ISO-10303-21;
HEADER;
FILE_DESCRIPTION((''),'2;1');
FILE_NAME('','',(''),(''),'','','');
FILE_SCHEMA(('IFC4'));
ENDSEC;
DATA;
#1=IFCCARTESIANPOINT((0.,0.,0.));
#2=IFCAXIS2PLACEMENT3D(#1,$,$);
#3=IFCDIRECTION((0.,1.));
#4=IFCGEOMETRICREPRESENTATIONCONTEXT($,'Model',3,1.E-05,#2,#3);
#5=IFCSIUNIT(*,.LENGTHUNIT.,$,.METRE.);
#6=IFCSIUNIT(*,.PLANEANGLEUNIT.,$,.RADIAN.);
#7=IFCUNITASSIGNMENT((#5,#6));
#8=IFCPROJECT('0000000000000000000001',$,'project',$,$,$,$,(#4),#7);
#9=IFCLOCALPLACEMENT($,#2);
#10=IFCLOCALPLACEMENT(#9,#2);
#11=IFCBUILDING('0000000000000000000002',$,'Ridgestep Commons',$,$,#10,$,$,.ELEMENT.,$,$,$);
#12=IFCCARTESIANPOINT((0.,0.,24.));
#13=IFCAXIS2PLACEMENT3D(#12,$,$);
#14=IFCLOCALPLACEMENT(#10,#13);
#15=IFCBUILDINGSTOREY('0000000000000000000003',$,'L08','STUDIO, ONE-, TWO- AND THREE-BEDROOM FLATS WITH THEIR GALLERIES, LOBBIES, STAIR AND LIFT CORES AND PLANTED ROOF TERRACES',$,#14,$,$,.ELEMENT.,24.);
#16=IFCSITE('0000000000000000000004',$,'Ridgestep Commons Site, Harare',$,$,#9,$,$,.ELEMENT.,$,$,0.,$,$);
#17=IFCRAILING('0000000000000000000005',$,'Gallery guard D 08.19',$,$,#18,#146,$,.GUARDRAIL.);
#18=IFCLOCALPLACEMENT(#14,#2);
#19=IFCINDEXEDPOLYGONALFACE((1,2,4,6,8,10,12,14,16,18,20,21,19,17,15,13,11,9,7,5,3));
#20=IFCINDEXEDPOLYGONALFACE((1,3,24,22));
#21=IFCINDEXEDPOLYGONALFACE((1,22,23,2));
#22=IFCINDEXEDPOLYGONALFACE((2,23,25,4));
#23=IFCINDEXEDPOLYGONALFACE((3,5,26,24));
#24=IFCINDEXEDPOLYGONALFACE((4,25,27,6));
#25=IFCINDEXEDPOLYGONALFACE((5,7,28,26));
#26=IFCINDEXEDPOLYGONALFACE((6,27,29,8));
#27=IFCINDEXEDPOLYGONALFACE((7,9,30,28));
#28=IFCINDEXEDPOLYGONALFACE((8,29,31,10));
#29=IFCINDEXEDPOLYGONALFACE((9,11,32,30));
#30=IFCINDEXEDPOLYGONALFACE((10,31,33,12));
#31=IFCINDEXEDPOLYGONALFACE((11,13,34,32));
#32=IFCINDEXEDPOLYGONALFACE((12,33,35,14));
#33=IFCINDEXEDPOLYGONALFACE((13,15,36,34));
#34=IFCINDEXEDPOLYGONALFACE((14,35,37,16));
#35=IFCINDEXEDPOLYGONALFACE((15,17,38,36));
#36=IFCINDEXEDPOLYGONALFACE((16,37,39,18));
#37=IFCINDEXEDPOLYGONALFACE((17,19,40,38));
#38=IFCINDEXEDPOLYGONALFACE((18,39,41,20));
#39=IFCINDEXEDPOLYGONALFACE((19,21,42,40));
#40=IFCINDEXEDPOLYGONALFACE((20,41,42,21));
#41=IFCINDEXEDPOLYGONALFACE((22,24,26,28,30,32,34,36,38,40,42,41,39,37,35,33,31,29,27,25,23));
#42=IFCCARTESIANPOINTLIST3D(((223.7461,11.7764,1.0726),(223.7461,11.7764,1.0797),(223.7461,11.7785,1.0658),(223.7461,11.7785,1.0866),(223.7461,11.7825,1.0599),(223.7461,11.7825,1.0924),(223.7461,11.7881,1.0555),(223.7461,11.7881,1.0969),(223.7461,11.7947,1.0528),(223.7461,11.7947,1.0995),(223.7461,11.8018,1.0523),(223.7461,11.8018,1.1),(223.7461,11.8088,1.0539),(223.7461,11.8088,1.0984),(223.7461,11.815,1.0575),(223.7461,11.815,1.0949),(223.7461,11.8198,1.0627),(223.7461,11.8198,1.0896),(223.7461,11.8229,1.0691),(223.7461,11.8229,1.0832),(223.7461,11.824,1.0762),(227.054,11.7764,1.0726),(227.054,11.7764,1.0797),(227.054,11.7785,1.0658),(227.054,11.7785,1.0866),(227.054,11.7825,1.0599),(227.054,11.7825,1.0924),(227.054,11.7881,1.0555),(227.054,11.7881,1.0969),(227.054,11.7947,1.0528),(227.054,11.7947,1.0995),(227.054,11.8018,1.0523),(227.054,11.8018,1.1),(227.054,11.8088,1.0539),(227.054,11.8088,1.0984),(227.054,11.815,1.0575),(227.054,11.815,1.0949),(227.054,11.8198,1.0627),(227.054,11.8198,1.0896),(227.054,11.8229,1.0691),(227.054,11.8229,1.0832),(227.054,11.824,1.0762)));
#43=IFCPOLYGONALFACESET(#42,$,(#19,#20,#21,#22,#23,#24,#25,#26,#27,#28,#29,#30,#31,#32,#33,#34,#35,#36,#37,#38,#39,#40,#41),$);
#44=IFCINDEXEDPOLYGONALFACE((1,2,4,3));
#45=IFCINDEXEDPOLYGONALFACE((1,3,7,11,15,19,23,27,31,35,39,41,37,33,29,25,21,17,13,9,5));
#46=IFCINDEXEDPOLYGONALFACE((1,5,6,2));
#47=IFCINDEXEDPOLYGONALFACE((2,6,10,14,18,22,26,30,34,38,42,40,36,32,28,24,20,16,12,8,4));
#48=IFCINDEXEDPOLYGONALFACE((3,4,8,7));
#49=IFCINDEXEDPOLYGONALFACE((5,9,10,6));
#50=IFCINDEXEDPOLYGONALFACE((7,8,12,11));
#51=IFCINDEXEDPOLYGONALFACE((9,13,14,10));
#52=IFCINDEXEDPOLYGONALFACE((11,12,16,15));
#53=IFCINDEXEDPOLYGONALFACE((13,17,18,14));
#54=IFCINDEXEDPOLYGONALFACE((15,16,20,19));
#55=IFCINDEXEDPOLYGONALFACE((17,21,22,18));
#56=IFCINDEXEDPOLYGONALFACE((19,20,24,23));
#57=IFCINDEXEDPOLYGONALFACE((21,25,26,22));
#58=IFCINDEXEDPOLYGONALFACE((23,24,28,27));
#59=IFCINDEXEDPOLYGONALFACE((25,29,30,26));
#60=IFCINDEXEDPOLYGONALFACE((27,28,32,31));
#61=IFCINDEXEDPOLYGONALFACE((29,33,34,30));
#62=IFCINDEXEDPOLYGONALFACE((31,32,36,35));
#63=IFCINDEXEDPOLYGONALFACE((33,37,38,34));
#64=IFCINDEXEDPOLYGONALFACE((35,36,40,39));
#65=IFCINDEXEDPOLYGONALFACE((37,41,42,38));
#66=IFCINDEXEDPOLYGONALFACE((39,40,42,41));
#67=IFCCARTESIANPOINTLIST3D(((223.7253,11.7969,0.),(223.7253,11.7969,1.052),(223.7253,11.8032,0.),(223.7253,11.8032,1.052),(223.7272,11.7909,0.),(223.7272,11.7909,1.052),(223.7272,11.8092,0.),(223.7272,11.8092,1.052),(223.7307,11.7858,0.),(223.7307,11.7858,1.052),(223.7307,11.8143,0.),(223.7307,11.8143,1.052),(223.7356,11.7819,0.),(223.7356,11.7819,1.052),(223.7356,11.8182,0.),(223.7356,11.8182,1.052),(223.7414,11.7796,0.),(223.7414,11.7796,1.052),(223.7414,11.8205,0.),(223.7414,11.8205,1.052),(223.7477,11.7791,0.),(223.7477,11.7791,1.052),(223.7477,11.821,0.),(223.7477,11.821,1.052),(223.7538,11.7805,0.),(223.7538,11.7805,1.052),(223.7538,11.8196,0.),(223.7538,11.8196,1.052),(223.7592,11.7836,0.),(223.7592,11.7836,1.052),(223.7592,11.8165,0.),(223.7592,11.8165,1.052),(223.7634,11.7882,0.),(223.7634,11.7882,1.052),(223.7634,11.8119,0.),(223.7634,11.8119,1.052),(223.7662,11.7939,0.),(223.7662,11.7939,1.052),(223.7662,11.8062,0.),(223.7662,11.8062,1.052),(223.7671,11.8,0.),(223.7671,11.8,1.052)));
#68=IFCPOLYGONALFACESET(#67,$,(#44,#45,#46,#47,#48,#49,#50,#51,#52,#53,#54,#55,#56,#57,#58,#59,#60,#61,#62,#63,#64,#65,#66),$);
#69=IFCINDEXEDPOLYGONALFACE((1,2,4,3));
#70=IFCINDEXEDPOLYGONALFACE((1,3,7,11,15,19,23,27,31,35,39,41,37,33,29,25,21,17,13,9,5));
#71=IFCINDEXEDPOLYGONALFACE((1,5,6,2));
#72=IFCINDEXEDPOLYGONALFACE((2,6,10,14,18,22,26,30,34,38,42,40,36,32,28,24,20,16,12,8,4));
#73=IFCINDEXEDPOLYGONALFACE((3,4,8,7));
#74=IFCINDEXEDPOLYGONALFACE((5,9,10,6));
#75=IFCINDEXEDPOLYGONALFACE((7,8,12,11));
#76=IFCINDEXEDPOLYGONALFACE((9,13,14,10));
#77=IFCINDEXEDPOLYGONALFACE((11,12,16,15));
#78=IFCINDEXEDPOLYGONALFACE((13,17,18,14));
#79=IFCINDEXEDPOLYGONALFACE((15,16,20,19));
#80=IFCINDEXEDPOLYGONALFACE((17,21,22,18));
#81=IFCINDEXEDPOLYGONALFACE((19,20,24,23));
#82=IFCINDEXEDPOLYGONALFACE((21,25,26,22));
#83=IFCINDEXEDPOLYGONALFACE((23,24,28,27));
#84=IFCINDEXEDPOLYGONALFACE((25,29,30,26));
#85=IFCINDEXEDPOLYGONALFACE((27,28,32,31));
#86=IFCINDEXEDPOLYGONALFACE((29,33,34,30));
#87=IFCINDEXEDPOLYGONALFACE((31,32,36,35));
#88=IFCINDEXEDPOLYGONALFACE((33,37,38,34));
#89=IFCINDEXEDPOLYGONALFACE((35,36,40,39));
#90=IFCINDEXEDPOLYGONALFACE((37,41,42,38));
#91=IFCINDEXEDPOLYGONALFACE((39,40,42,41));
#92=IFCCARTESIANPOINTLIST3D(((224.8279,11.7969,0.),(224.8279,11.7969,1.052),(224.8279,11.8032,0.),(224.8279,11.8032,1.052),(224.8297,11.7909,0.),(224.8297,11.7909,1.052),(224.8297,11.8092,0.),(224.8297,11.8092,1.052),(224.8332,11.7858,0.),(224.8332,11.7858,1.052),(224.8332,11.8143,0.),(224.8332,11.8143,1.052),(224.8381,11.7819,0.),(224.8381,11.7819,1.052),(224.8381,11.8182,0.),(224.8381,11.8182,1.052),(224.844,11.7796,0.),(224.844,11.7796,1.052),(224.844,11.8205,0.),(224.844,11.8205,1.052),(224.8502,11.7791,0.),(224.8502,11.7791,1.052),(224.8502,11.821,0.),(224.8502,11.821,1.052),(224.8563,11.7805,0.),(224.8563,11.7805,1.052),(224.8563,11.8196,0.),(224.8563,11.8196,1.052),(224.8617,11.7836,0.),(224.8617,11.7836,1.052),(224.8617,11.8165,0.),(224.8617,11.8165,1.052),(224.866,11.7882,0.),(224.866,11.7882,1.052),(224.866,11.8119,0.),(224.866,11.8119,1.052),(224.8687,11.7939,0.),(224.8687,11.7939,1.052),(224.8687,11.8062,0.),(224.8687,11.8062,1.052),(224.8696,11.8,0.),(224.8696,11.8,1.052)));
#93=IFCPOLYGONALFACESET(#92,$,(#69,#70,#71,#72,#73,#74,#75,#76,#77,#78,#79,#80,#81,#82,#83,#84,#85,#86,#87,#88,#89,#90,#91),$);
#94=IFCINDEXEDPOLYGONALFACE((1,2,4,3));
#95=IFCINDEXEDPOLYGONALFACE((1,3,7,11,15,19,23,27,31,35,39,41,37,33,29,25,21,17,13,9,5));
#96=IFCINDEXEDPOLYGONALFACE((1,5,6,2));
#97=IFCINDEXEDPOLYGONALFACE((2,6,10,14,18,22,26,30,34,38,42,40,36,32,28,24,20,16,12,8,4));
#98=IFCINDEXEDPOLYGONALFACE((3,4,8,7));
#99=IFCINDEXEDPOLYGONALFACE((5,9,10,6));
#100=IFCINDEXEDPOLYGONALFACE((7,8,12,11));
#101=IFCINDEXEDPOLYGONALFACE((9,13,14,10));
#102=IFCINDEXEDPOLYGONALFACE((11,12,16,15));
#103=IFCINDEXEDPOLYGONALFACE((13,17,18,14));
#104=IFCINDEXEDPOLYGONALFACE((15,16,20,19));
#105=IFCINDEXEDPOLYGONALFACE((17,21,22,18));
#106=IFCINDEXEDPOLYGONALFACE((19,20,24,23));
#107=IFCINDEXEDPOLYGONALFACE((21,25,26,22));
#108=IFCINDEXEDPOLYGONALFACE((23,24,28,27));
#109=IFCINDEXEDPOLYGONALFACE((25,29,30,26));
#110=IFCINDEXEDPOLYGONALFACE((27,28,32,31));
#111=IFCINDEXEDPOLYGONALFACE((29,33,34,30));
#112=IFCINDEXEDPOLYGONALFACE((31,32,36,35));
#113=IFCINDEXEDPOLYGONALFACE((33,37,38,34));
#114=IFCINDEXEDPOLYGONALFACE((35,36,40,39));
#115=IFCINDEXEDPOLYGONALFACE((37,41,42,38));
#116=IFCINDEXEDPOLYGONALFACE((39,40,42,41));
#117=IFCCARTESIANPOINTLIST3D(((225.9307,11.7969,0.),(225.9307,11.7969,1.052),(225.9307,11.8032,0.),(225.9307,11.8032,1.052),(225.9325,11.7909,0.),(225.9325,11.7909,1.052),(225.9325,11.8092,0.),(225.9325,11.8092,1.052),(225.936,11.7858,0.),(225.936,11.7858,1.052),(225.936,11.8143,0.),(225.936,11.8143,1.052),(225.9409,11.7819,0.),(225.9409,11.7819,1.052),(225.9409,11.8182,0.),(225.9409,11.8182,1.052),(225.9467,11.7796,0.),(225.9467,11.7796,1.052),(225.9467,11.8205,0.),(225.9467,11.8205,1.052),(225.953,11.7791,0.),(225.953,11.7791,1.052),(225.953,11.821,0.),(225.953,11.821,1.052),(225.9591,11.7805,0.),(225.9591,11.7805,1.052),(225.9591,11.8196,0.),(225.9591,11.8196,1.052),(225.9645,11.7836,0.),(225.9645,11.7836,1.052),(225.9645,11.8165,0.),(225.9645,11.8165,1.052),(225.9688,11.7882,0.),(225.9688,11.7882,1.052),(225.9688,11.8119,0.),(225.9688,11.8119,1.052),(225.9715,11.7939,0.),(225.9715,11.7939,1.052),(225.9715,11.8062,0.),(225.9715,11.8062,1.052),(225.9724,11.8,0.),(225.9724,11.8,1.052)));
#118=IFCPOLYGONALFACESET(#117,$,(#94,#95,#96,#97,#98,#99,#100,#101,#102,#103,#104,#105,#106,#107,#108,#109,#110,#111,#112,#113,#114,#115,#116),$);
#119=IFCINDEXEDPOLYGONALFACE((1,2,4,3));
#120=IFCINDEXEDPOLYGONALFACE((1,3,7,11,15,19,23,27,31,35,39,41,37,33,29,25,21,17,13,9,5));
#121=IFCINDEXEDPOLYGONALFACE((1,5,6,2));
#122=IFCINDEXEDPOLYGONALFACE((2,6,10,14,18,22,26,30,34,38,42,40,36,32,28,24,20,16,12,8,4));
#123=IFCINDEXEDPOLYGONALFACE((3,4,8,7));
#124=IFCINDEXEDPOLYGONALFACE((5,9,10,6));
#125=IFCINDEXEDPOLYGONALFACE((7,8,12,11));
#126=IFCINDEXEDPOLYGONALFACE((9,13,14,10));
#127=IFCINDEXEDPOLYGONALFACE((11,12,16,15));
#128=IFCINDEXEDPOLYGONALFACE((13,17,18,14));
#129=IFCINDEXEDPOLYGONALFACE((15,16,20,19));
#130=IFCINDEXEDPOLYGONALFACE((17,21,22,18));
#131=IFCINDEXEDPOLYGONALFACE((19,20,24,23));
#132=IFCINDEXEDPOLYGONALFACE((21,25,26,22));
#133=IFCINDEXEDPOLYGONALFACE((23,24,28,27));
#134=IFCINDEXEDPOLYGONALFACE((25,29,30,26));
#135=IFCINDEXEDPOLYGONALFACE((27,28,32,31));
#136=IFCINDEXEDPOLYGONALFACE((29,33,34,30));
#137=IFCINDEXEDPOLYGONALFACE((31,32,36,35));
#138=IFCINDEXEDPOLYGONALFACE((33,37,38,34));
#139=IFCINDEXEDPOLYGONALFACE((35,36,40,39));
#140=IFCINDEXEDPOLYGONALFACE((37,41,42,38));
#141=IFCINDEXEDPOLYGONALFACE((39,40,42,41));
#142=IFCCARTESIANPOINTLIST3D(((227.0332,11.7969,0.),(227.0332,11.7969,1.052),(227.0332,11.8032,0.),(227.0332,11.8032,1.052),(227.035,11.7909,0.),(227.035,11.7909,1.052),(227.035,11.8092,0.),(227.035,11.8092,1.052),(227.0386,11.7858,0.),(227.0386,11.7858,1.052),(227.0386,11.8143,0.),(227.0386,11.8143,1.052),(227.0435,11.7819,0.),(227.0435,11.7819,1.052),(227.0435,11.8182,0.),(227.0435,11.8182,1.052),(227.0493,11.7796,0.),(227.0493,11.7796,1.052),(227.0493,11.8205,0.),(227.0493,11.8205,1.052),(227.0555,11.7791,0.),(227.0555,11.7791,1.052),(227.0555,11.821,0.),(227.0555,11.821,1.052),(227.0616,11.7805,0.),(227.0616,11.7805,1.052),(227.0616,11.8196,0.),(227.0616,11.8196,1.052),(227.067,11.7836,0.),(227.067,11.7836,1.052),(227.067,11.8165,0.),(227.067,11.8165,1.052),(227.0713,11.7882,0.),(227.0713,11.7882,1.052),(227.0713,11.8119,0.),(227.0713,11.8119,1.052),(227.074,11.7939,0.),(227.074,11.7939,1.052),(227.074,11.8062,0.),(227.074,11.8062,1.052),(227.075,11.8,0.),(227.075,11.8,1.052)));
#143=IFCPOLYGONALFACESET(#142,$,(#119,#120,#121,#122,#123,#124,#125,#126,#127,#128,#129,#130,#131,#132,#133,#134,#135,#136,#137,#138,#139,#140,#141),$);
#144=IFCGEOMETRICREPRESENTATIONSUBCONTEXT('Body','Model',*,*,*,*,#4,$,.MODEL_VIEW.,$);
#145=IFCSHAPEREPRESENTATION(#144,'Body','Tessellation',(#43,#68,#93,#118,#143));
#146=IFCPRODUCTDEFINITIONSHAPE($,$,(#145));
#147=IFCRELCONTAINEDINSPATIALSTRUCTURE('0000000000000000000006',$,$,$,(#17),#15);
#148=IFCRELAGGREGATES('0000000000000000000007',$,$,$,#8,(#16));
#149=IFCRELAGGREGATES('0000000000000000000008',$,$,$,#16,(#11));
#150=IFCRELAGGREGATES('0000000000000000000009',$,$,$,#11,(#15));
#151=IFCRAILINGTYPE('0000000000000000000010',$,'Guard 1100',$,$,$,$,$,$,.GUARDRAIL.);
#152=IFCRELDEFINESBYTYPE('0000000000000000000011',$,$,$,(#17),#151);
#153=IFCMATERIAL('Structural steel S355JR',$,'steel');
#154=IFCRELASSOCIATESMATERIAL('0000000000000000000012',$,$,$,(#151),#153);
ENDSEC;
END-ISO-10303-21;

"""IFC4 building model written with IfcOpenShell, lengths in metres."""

from ifc_helpers import new_model, si_unit, direction, frame, origin, origin_2d, place, context, subcontext, project, spatial, circle, extrude, material, type_object, element, save


model = new_model("IFC4")

# Units and contexts
model_context = context("Model", 3, precision=1e-05, world=origin(), true_north=direction((0.0, 1.0)))
body_context = subcontext(model_context, "Body", "Model", "MODEL_VIEW")
ifc_project = project(units=[si_unit("LENGTHUNIT", "METRE"), si_unit("PLANEANGLEUNIT", "RADIAN")], contexts=[model_context])

# Site, building, storey
site_placement = place(None, origin())
site = spatial("IfcSite", under=ifc_project, at=site_placement, Name="Ridgestep Commons Site, Harare", CompositionType="ELEMENT", RefElevation=0.0)
building_placement = place(site_placement, origin())
building = spatial("IfcBuilding", under=site, at=building_placement, Name="Ridgestep Commons", CompositionType="ELEMENT")
storey_placement = place(building_placement, frame((0.0, 0.0, 24.0)))
storey = spatial("IfcBuildingStorey", under=building, at=storey_placement, Name="L08", Description="STUDIO, ONE-, TWO- AND THREE-BEDROOM FLATS WITH THEIR GALLERIES, LOBBIES, STAIR AND LIFT CORES AND PLANTED ROOF TERRACES", CompositionType="ELEMENT", Elevation=24.0)

# Railing
ifc_material_1 = material(Name="Structural steel S355JR", Category="steel")
railing_type = type_object("IfcRailingType", Name="Guard 1100", PredefinedType="GUARDRAIL", material=ifc_material_1)
railing_1_placement = place(storey_placement, frame((223.7461, 11.8, 0.0)))
element("IfcRailing", 1, at=railing_1_placement, inside=storey, type_object=railing_type, Name="Gallery guard D 08.19", PredefinedType="GUARDRAIL", context=body_context, shape_type="SweptSolid", body=[
    extrude(circle(Radius=0.0239, at=origin_2d()), frame((0.0, 0.0, 1.0762), z_axis=(1.0, 0.0, 0.0), x_axis=(0.0, 1.0, 0.0)), (0.0, 0.0, 1.0), 3.3079),
    extrude(circle(Radius=0.021, at=origin_2d()), origin(), (0.0, 0.0, 1.0), 1.052),
    extrude(circle(Radius=0.021, at=origin_2d()), frame((1.1025, 0.0, 0.0)), (0.0, 0.0, 1.0), 1.052),
    extrude(circle(Radius=0.021, at=origin_2d()), frame((2.2053, 0.0, 0.0)), (0.0, 0.0, 1.0), 1.052),
    extrude(circle(Radius=0.021, at=origin_2d()), frame((3.3079, 0.0, 0.0)), (0.0, 0.0, 1.0), 1.052),
])

save(model, "model.ifc")
